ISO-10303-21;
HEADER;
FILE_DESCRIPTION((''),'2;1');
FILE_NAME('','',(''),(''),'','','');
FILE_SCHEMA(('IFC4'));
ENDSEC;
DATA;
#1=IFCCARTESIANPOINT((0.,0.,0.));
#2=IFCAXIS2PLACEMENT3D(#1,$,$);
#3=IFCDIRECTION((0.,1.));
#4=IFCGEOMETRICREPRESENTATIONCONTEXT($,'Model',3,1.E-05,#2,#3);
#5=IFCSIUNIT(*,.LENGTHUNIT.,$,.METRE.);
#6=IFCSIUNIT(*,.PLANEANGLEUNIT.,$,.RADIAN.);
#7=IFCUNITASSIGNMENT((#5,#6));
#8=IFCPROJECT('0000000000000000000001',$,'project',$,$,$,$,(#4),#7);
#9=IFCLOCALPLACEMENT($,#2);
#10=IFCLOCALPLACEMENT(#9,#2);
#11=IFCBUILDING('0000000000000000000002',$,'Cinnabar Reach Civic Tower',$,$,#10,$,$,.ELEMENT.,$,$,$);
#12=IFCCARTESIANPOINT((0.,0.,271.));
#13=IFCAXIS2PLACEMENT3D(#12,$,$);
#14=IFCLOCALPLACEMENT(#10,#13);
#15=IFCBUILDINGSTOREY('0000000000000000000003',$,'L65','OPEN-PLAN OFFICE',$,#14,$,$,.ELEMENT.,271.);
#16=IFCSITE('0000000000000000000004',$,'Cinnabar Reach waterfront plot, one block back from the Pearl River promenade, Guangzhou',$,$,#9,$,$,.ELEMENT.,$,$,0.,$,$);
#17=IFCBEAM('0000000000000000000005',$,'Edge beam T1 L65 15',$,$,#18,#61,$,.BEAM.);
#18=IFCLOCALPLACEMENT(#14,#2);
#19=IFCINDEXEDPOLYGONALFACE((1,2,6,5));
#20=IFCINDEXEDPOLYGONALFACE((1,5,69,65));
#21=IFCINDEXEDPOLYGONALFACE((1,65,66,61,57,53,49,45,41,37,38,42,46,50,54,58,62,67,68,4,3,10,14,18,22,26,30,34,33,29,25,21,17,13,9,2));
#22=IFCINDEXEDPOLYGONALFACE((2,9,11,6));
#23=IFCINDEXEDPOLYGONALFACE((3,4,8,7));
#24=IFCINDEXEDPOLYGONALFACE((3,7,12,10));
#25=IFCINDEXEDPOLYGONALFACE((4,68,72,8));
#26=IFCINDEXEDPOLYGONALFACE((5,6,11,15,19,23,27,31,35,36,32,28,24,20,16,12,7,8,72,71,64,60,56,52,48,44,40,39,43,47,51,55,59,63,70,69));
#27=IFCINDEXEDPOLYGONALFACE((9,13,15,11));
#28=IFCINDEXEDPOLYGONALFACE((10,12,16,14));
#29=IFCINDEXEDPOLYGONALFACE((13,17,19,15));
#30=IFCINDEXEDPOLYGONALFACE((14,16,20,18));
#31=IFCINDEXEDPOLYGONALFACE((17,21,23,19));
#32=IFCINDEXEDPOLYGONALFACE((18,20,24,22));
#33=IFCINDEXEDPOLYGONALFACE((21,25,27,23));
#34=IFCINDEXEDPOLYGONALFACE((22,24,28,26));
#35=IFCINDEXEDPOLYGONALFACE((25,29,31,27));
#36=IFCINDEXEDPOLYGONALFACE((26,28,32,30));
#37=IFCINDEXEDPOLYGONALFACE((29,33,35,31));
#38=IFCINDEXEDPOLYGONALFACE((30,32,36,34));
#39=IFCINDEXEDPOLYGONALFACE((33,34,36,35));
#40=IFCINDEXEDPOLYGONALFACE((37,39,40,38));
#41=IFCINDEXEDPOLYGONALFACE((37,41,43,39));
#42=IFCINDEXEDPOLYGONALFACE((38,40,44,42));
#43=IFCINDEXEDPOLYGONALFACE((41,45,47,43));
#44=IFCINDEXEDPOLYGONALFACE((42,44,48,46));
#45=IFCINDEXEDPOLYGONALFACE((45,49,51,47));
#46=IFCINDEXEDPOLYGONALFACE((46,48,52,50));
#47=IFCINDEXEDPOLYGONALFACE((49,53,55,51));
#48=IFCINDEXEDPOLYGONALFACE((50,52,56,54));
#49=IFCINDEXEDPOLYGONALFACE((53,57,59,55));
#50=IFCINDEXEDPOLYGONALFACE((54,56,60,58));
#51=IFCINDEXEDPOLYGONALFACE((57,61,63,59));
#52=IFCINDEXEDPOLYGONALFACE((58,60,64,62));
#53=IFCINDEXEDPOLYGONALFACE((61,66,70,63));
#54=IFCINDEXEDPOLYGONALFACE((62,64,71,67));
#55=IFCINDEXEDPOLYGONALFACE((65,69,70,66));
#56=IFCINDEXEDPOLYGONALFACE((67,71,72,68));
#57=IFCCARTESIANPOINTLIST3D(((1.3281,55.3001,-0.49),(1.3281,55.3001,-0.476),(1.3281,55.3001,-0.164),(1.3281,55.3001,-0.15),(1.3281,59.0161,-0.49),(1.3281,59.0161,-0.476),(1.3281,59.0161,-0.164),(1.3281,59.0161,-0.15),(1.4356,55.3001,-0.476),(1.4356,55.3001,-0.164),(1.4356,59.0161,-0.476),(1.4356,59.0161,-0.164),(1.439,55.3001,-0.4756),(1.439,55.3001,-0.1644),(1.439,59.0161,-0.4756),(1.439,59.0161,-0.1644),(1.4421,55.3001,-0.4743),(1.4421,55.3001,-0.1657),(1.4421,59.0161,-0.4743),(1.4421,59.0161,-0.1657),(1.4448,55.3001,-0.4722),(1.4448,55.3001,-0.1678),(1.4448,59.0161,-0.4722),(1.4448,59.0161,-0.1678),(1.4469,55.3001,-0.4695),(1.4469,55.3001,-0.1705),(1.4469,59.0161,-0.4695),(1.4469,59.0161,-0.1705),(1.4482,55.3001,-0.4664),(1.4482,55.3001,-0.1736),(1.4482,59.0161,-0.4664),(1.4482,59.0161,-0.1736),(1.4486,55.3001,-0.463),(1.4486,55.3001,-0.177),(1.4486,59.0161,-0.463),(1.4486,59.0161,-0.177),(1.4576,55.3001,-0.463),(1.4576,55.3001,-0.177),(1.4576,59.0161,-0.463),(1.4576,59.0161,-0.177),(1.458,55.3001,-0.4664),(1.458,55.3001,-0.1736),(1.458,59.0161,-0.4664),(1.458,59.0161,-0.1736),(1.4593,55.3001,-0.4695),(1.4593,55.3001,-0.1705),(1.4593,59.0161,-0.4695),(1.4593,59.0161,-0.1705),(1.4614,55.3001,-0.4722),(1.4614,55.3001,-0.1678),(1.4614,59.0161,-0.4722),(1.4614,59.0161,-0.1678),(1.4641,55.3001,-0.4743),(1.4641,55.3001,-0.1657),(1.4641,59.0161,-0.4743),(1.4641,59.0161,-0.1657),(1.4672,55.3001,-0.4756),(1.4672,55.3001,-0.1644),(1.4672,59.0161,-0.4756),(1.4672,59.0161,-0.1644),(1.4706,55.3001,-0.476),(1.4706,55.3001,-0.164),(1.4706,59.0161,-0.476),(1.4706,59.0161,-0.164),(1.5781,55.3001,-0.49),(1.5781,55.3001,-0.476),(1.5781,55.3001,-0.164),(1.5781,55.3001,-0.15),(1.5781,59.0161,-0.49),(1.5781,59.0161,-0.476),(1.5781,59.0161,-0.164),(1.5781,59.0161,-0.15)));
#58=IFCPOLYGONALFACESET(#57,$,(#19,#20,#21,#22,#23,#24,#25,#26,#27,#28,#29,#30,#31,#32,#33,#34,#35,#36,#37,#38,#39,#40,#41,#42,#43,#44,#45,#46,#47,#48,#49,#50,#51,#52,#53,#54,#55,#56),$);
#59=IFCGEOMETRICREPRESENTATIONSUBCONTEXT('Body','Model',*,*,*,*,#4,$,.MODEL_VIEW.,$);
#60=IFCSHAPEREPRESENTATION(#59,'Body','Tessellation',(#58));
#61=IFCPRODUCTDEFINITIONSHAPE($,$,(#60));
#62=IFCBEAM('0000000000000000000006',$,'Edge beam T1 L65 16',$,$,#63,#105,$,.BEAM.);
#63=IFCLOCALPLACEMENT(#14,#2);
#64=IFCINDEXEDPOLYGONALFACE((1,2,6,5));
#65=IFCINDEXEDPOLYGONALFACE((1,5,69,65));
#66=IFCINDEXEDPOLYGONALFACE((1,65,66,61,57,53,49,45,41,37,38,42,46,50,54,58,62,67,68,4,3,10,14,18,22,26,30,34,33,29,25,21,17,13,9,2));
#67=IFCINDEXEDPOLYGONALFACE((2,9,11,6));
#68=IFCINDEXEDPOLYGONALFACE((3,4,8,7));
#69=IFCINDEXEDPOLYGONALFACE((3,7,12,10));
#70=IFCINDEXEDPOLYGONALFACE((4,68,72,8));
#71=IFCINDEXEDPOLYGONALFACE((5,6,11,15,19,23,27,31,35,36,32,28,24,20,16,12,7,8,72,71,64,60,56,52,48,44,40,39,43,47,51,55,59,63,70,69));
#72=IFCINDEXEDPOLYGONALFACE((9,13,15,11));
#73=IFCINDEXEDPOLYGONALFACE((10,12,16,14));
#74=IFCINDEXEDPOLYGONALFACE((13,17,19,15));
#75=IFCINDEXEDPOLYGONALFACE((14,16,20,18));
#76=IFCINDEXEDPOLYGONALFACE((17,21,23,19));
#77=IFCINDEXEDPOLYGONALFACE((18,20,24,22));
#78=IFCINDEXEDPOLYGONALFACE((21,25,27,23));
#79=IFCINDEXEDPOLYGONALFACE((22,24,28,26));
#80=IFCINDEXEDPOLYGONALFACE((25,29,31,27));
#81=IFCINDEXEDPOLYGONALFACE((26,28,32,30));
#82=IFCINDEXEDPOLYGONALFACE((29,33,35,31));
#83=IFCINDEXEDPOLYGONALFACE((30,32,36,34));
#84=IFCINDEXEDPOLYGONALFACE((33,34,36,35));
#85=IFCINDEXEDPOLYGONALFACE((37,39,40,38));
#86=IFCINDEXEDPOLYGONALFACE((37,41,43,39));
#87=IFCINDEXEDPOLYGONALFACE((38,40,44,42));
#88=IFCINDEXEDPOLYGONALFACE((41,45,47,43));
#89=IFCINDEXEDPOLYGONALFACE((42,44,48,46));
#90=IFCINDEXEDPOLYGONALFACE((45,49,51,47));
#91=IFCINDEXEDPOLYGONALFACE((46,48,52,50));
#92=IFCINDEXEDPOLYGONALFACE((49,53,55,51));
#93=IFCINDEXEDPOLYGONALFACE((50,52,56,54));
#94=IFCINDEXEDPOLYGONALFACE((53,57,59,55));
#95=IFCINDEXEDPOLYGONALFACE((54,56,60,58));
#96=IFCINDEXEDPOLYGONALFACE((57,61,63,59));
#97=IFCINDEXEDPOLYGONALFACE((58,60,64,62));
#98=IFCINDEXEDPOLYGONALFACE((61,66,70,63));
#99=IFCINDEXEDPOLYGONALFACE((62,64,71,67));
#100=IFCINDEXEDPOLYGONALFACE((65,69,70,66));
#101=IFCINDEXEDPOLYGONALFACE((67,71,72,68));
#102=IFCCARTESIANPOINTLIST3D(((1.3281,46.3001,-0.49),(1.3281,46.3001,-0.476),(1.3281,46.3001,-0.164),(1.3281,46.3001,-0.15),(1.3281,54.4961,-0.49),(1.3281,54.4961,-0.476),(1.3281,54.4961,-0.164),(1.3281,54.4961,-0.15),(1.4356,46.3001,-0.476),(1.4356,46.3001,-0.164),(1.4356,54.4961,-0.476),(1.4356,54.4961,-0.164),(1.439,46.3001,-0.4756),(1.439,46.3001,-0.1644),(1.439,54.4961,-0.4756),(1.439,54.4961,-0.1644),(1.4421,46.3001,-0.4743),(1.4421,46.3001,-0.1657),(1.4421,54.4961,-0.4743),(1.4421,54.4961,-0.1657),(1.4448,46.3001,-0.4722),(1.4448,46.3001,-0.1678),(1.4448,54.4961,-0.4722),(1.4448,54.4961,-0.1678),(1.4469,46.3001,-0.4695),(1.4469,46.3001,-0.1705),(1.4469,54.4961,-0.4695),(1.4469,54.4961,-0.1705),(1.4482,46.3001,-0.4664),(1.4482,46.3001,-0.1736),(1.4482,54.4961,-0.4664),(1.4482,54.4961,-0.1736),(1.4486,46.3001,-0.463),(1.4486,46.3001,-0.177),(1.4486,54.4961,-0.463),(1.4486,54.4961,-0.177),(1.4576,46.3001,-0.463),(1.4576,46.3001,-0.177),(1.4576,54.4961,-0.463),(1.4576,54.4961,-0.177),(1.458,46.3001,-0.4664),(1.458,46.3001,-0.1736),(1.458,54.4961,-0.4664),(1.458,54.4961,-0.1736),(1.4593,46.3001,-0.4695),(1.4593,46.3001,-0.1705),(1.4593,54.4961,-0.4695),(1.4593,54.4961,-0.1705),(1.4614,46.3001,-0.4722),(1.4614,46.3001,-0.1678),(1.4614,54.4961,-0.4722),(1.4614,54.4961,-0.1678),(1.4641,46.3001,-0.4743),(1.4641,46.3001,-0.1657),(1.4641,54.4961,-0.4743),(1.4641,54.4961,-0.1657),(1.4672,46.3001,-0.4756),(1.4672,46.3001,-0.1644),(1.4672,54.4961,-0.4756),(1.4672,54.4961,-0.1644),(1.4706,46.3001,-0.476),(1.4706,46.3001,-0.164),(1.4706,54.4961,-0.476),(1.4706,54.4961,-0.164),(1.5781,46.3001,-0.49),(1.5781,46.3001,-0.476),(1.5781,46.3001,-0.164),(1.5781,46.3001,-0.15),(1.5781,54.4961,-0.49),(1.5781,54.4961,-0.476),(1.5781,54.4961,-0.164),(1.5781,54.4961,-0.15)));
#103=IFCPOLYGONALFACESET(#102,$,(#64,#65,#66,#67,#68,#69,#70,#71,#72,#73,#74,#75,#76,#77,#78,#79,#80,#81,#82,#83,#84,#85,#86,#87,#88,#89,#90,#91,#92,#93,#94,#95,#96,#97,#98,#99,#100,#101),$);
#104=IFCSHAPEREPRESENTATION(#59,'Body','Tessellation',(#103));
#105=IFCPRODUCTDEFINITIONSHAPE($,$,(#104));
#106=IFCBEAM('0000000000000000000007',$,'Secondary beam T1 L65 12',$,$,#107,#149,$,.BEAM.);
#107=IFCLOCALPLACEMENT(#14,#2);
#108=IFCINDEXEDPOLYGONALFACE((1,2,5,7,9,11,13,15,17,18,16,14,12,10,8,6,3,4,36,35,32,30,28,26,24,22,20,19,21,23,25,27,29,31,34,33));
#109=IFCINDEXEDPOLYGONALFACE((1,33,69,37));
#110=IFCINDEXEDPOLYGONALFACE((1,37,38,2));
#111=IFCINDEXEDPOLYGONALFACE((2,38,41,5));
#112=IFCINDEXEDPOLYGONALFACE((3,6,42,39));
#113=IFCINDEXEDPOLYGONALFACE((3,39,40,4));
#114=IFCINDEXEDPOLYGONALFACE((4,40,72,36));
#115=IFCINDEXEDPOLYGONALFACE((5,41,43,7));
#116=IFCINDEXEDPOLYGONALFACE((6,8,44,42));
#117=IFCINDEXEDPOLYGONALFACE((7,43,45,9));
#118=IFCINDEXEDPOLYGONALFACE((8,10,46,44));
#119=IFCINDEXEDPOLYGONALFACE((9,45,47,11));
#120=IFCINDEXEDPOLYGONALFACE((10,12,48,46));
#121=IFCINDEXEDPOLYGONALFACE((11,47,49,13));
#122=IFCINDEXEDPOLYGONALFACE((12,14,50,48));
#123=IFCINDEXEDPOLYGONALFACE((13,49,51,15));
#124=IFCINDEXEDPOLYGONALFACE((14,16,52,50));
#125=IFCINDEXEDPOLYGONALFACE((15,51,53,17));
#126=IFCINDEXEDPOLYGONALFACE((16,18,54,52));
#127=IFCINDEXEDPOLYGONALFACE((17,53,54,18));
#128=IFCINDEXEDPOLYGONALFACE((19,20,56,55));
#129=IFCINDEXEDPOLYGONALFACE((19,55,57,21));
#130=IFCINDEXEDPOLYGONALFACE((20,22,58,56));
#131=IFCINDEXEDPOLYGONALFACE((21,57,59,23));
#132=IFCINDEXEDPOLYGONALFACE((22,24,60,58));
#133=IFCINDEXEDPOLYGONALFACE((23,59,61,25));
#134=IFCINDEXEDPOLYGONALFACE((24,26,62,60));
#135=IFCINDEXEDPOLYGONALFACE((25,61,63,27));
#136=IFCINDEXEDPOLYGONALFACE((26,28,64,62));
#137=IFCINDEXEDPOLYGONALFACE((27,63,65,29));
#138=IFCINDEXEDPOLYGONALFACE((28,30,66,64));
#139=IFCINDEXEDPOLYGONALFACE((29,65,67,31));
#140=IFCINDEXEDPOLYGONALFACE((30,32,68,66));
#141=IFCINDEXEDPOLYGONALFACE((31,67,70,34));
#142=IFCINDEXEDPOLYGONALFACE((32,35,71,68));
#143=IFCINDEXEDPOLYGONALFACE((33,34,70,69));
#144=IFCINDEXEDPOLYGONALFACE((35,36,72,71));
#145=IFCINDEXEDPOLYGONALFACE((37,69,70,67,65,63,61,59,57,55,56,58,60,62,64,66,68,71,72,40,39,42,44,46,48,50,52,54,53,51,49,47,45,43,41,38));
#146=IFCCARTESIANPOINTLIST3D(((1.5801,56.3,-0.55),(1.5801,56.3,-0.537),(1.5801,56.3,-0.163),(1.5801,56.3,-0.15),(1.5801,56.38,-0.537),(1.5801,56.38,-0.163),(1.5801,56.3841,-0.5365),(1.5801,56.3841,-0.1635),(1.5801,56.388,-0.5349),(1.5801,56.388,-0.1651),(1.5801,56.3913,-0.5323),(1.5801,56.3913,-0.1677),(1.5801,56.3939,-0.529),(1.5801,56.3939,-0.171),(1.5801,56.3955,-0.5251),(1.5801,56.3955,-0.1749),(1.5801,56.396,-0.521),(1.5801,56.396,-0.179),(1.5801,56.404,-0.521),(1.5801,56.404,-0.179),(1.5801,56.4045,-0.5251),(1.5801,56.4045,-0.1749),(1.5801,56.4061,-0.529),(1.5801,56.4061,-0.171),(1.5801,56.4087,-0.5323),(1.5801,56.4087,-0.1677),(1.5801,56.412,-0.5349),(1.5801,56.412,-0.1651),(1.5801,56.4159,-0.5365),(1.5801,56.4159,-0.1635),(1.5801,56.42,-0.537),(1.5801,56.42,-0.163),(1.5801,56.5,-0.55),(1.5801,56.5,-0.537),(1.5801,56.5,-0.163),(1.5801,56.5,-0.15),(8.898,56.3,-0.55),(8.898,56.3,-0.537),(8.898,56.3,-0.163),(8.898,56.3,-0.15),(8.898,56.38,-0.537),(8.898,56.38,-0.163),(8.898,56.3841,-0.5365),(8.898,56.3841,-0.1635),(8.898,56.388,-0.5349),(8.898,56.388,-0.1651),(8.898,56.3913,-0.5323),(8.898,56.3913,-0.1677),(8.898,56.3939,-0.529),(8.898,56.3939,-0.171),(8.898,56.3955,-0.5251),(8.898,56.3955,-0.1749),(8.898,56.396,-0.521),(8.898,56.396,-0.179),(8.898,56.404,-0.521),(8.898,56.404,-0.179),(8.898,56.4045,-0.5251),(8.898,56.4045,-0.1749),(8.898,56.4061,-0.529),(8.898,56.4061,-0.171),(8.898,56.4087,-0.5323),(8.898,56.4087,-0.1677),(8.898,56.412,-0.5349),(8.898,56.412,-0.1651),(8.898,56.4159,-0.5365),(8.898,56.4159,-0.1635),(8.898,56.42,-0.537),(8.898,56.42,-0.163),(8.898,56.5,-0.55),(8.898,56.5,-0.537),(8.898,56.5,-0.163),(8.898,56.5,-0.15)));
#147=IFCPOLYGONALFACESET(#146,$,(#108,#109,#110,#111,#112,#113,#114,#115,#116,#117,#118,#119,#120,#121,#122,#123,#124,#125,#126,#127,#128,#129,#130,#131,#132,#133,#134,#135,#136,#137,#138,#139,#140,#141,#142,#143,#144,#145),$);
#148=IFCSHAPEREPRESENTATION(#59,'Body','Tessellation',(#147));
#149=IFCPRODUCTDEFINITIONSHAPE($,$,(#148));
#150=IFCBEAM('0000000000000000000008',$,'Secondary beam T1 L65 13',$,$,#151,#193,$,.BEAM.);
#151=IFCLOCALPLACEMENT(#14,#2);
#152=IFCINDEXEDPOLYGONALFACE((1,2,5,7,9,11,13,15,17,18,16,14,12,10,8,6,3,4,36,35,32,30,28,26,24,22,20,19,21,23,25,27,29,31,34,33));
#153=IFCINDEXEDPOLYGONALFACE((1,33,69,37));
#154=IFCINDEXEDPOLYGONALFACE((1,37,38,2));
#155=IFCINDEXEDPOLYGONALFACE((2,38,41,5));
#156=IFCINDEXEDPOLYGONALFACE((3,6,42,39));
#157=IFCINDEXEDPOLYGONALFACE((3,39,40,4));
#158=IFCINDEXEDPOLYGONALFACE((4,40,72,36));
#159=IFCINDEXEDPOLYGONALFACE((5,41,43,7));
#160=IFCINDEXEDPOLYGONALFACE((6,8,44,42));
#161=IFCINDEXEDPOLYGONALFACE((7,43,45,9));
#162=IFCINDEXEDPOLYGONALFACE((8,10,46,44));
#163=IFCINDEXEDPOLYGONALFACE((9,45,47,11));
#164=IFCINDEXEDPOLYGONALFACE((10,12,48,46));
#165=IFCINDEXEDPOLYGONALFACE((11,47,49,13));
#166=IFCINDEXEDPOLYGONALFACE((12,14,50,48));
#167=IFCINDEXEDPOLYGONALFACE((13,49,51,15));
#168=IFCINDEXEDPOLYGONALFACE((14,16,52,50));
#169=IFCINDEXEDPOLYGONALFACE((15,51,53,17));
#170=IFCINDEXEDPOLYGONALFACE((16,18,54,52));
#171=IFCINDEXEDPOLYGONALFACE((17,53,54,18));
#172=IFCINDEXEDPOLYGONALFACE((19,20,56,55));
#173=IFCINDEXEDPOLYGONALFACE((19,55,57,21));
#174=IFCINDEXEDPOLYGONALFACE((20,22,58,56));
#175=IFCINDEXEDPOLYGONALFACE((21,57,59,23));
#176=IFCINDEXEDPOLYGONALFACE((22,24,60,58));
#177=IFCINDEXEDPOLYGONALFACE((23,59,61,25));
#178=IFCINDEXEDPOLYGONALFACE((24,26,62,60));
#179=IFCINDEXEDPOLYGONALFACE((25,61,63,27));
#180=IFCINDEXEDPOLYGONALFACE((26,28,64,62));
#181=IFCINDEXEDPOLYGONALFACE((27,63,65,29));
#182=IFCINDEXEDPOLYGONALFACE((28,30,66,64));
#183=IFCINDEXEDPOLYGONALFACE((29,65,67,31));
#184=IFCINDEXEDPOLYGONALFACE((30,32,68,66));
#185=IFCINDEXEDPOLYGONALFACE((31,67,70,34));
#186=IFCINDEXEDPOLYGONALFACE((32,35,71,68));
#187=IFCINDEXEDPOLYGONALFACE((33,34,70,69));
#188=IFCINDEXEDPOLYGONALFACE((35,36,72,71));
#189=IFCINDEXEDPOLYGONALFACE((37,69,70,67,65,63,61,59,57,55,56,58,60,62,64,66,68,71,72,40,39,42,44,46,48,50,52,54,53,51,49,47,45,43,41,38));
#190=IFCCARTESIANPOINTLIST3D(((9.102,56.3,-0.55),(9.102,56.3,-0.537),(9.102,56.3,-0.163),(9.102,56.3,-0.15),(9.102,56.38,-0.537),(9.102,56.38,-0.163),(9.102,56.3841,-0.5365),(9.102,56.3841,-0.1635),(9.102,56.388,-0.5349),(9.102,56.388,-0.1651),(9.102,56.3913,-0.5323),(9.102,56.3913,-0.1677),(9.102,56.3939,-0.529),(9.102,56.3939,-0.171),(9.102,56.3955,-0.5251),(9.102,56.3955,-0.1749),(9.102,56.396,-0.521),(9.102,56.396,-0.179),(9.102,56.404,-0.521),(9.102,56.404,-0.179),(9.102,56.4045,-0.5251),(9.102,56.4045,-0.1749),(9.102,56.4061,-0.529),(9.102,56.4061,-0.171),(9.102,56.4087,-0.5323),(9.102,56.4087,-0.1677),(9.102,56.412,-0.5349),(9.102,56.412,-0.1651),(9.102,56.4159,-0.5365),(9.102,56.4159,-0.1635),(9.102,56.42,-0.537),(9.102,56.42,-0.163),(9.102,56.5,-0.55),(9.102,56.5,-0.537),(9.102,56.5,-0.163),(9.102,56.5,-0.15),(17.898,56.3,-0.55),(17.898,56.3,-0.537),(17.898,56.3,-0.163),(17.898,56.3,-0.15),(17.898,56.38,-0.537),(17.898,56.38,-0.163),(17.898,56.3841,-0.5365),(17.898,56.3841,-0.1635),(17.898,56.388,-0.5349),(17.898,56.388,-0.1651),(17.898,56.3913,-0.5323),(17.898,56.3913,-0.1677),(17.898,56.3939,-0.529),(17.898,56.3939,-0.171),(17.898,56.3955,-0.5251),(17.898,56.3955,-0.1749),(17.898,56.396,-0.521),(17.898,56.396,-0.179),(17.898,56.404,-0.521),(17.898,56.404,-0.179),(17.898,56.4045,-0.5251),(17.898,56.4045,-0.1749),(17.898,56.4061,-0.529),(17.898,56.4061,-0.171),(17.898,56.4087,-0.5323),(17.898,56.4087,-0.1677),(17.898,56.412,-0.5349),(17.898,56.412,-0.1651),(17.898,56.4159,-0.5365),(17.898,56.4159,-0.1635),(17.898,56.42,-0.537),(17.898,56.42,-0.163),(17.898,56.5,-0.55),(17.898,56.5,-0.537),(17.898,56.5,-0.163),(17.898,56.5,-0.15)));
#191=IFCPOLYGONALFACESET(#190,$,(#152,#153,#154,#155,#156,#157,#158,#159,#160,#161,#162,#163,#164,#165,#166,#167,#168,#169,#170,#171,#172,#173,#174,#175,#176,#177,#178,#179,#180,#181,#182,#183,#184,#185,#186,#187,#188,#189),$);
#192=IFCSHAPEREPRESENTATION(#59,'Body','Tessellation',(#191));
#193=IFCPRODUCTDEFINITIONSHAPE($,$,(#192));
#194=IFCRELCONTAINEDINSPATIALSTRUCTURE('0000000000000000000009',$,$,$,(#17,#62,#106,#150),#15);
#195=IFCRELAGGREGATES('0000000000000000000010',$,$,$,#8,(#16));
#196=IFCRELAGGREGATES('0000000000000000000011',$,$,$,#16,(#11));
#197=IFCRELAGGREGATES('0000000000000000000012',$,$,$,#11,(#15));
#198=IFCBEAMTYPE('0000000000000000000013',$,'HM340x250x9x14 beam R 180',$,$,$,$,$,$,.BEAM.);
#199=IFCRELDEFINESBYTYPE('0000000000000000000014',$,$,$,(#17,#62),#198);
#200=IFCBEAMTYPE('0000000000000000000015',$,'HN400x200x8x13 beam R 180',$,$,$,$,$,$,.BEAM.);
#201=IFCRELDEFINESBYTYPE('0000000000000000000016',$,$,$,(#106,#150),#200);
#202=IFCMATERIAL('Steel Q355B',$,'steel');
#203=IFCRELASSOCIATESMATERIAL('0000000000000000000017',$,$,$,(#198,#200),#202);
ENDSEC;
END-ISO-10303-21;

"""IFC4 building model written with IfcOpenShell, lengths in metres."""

from ifc_helpers import new_model, si_unit, direction, frame, origin, origin_2d, place, context, subcontext, project, spatial, i_section, extrude, material, material_profile, profile_set, type_object, element, save


model = new_model("IFC4")

# Units and contexts
model_context = context("Model", 3, precision=1e-05, world=origin(), true_north=direction((0.0, 1.0)))
body_context = subcontext(model_context, "Body", "Model", "MODEL_VIEW")
ifc_project = project(units=[si_unit("LENGTHUNIT", "METRE"), si_unit("PLANEANGLEUNIT", "RADIAN")], contexts=[model_context])

# Site, building, storey
site_placement = place(None, origin())
site = spatial("IfcSite", under=ifc_project, at=site_placement, Name="Cinnabar Reach waterfront plot, one block back from the Pearl River promenade, Guangzhou", CompositionType="ELEMENT", RefElevation=0.0)
building_placement = place(site_placement, origin())
building = spatial("IfcBuilding", under=site, at=building_placement, Name="Cinnabar Reach Civic Tower", CompositionType="ELEMENT")
storey_placement = place(building_placement, frame((0.0, 0.0, 271.0)))
storey = spatial("IfcBuildingStorey", under=building, at=storey_placement, Name="L65", Description="OPEN-PLAN OFFICE", CompositionType="ELEMENT", Elevation=271.0)

# Beams
ifc_material_1 = material(Name="Steel Q355B", Category="steel")
ifc_material_profile_1 = material_profile(ifc_material_1, i_section(OverallWidth=0.25, OverallDepth=0.34, WebThickness=0.009, FlangeThickness=0.014, FilletRadius=0.013, at=origin_2d()), Name="HM340x250x9x14")
ifc_profile_set_1 = profile_set([ifc_material_profile_1], Name="Steel Q355B")
beam_type_1 = type_object("IfcBeamType", Name="HM340x250x9x14 beam R 180", PredefinedType="BEAM", material=ifc_profile_set_1)
beam_1_placement = place(storey_placement, frame((1.4531, 59.0161, -0.32), z_axis=(0.0, -1.0, 0.0), x_axis=(1.0, 0.0, 0.0)))
element("IfcBeam", 1, at=beam_1_placement, inside=storey, type_object=beam_type_1, Name="Edge beam T1 L65 15", PredefinedType="BEAM", context=body_context, shape_type="SweptSolid", body=[
    extrude(i_section(OverallWidth=0.25, OverallDepth=0.34, WebThickness=0.009, FlangeThickness=0.014, FilletRadius=0.013, at=origin_2d()), origin(), (0.0, 0.0, 1.0), 3.716),
])
beam_2_placement = place(storey_placement, frame((1.4531, 54.4961, -0.32), z_axis=(0.0, -1.0, 0.0), x_axis=(1.0, 0.0, 0.0)))
element("IfcBeam", 2, at=beam_2_placement, inside=storey, type_object=beam_type_1, Name="Edge beam T1 L65 16", PredefinedType="BEAM", context=body_context, shape_type="SweptSolid", body=[
    extrude(i_section(OverallWidth=0.25, OverallDepth=0.34, WebThickness=0.009, FlangeThickness=0.014, FilletRadius=0.013, at=origin_2d()), origin(), (0.0, 0.0, 1.0), 8.196),
])
ifc_material_profile_2 = material_profile(ifc_material_1, i_section(OverallWidth=0.2, OverallDepth=0.4, WebThickness=0.008, FlangeThickness=0.013, FilletRadius=0.016, at=origin_2d()), Name="HN400x200x8x13")
ifc_profile_set_2 = profile_set([ifc_material_profile_2], Name="Steel Q355B")
beam_type_2 = type_object("IfcBeamType", Name="HN400x200x8x13 beam R 180", PredefinedType="BEAM", material=ifc_profile_set_2)
beam_3_placement = place(storey_placement, frame((1.5801, 56.4, -0.35), z_axis=(1.0, 0.0, 0.0), x_axis=(0.0, 1.0, 0.0)))
element("IfcBeam", 3, at=beam_3_placement, inside=storey, type_object=beam_type_2, Name="Secondary beam T1 L65 12", PredefinedType="BEAM", context=body_context, shape_type="SweptSolid", body=[
    extrude(i_section(OverallWidth=0.2, OverallDepth=0.4, WebThickness=0.008, FlangeThickness=0.013, FilletRadius=0.016, at=origin_2d()), origin(), (0.0, 0.0, 1.0), 7.3179),
])
beam_4_placement = place(storey_placement, frame((9.102, 56.4, -0.35), z_axis=(1.0, 0.0, 0.0), x_axis=(0.0, 1.0, 0.0)))
element("IfcBeam", 4, at=beam_4_placement, inside=storey, type_object=beam_type_2, Name="Secondary beam T1 L65 13", PredefinedType="BEAM", context=body_context, shape_type="SweptSolid", body=[
    extrude(i_section(OverallWidth=0.2, OverallDepth=0.4, WebThickness=0.008, FlangeThickness=0.013, FilletRadius=0.016, at=origin_2d()), origin(), (0.0, 0.0, 1.0), 8.796),
])

save(model, "model.ifc")
